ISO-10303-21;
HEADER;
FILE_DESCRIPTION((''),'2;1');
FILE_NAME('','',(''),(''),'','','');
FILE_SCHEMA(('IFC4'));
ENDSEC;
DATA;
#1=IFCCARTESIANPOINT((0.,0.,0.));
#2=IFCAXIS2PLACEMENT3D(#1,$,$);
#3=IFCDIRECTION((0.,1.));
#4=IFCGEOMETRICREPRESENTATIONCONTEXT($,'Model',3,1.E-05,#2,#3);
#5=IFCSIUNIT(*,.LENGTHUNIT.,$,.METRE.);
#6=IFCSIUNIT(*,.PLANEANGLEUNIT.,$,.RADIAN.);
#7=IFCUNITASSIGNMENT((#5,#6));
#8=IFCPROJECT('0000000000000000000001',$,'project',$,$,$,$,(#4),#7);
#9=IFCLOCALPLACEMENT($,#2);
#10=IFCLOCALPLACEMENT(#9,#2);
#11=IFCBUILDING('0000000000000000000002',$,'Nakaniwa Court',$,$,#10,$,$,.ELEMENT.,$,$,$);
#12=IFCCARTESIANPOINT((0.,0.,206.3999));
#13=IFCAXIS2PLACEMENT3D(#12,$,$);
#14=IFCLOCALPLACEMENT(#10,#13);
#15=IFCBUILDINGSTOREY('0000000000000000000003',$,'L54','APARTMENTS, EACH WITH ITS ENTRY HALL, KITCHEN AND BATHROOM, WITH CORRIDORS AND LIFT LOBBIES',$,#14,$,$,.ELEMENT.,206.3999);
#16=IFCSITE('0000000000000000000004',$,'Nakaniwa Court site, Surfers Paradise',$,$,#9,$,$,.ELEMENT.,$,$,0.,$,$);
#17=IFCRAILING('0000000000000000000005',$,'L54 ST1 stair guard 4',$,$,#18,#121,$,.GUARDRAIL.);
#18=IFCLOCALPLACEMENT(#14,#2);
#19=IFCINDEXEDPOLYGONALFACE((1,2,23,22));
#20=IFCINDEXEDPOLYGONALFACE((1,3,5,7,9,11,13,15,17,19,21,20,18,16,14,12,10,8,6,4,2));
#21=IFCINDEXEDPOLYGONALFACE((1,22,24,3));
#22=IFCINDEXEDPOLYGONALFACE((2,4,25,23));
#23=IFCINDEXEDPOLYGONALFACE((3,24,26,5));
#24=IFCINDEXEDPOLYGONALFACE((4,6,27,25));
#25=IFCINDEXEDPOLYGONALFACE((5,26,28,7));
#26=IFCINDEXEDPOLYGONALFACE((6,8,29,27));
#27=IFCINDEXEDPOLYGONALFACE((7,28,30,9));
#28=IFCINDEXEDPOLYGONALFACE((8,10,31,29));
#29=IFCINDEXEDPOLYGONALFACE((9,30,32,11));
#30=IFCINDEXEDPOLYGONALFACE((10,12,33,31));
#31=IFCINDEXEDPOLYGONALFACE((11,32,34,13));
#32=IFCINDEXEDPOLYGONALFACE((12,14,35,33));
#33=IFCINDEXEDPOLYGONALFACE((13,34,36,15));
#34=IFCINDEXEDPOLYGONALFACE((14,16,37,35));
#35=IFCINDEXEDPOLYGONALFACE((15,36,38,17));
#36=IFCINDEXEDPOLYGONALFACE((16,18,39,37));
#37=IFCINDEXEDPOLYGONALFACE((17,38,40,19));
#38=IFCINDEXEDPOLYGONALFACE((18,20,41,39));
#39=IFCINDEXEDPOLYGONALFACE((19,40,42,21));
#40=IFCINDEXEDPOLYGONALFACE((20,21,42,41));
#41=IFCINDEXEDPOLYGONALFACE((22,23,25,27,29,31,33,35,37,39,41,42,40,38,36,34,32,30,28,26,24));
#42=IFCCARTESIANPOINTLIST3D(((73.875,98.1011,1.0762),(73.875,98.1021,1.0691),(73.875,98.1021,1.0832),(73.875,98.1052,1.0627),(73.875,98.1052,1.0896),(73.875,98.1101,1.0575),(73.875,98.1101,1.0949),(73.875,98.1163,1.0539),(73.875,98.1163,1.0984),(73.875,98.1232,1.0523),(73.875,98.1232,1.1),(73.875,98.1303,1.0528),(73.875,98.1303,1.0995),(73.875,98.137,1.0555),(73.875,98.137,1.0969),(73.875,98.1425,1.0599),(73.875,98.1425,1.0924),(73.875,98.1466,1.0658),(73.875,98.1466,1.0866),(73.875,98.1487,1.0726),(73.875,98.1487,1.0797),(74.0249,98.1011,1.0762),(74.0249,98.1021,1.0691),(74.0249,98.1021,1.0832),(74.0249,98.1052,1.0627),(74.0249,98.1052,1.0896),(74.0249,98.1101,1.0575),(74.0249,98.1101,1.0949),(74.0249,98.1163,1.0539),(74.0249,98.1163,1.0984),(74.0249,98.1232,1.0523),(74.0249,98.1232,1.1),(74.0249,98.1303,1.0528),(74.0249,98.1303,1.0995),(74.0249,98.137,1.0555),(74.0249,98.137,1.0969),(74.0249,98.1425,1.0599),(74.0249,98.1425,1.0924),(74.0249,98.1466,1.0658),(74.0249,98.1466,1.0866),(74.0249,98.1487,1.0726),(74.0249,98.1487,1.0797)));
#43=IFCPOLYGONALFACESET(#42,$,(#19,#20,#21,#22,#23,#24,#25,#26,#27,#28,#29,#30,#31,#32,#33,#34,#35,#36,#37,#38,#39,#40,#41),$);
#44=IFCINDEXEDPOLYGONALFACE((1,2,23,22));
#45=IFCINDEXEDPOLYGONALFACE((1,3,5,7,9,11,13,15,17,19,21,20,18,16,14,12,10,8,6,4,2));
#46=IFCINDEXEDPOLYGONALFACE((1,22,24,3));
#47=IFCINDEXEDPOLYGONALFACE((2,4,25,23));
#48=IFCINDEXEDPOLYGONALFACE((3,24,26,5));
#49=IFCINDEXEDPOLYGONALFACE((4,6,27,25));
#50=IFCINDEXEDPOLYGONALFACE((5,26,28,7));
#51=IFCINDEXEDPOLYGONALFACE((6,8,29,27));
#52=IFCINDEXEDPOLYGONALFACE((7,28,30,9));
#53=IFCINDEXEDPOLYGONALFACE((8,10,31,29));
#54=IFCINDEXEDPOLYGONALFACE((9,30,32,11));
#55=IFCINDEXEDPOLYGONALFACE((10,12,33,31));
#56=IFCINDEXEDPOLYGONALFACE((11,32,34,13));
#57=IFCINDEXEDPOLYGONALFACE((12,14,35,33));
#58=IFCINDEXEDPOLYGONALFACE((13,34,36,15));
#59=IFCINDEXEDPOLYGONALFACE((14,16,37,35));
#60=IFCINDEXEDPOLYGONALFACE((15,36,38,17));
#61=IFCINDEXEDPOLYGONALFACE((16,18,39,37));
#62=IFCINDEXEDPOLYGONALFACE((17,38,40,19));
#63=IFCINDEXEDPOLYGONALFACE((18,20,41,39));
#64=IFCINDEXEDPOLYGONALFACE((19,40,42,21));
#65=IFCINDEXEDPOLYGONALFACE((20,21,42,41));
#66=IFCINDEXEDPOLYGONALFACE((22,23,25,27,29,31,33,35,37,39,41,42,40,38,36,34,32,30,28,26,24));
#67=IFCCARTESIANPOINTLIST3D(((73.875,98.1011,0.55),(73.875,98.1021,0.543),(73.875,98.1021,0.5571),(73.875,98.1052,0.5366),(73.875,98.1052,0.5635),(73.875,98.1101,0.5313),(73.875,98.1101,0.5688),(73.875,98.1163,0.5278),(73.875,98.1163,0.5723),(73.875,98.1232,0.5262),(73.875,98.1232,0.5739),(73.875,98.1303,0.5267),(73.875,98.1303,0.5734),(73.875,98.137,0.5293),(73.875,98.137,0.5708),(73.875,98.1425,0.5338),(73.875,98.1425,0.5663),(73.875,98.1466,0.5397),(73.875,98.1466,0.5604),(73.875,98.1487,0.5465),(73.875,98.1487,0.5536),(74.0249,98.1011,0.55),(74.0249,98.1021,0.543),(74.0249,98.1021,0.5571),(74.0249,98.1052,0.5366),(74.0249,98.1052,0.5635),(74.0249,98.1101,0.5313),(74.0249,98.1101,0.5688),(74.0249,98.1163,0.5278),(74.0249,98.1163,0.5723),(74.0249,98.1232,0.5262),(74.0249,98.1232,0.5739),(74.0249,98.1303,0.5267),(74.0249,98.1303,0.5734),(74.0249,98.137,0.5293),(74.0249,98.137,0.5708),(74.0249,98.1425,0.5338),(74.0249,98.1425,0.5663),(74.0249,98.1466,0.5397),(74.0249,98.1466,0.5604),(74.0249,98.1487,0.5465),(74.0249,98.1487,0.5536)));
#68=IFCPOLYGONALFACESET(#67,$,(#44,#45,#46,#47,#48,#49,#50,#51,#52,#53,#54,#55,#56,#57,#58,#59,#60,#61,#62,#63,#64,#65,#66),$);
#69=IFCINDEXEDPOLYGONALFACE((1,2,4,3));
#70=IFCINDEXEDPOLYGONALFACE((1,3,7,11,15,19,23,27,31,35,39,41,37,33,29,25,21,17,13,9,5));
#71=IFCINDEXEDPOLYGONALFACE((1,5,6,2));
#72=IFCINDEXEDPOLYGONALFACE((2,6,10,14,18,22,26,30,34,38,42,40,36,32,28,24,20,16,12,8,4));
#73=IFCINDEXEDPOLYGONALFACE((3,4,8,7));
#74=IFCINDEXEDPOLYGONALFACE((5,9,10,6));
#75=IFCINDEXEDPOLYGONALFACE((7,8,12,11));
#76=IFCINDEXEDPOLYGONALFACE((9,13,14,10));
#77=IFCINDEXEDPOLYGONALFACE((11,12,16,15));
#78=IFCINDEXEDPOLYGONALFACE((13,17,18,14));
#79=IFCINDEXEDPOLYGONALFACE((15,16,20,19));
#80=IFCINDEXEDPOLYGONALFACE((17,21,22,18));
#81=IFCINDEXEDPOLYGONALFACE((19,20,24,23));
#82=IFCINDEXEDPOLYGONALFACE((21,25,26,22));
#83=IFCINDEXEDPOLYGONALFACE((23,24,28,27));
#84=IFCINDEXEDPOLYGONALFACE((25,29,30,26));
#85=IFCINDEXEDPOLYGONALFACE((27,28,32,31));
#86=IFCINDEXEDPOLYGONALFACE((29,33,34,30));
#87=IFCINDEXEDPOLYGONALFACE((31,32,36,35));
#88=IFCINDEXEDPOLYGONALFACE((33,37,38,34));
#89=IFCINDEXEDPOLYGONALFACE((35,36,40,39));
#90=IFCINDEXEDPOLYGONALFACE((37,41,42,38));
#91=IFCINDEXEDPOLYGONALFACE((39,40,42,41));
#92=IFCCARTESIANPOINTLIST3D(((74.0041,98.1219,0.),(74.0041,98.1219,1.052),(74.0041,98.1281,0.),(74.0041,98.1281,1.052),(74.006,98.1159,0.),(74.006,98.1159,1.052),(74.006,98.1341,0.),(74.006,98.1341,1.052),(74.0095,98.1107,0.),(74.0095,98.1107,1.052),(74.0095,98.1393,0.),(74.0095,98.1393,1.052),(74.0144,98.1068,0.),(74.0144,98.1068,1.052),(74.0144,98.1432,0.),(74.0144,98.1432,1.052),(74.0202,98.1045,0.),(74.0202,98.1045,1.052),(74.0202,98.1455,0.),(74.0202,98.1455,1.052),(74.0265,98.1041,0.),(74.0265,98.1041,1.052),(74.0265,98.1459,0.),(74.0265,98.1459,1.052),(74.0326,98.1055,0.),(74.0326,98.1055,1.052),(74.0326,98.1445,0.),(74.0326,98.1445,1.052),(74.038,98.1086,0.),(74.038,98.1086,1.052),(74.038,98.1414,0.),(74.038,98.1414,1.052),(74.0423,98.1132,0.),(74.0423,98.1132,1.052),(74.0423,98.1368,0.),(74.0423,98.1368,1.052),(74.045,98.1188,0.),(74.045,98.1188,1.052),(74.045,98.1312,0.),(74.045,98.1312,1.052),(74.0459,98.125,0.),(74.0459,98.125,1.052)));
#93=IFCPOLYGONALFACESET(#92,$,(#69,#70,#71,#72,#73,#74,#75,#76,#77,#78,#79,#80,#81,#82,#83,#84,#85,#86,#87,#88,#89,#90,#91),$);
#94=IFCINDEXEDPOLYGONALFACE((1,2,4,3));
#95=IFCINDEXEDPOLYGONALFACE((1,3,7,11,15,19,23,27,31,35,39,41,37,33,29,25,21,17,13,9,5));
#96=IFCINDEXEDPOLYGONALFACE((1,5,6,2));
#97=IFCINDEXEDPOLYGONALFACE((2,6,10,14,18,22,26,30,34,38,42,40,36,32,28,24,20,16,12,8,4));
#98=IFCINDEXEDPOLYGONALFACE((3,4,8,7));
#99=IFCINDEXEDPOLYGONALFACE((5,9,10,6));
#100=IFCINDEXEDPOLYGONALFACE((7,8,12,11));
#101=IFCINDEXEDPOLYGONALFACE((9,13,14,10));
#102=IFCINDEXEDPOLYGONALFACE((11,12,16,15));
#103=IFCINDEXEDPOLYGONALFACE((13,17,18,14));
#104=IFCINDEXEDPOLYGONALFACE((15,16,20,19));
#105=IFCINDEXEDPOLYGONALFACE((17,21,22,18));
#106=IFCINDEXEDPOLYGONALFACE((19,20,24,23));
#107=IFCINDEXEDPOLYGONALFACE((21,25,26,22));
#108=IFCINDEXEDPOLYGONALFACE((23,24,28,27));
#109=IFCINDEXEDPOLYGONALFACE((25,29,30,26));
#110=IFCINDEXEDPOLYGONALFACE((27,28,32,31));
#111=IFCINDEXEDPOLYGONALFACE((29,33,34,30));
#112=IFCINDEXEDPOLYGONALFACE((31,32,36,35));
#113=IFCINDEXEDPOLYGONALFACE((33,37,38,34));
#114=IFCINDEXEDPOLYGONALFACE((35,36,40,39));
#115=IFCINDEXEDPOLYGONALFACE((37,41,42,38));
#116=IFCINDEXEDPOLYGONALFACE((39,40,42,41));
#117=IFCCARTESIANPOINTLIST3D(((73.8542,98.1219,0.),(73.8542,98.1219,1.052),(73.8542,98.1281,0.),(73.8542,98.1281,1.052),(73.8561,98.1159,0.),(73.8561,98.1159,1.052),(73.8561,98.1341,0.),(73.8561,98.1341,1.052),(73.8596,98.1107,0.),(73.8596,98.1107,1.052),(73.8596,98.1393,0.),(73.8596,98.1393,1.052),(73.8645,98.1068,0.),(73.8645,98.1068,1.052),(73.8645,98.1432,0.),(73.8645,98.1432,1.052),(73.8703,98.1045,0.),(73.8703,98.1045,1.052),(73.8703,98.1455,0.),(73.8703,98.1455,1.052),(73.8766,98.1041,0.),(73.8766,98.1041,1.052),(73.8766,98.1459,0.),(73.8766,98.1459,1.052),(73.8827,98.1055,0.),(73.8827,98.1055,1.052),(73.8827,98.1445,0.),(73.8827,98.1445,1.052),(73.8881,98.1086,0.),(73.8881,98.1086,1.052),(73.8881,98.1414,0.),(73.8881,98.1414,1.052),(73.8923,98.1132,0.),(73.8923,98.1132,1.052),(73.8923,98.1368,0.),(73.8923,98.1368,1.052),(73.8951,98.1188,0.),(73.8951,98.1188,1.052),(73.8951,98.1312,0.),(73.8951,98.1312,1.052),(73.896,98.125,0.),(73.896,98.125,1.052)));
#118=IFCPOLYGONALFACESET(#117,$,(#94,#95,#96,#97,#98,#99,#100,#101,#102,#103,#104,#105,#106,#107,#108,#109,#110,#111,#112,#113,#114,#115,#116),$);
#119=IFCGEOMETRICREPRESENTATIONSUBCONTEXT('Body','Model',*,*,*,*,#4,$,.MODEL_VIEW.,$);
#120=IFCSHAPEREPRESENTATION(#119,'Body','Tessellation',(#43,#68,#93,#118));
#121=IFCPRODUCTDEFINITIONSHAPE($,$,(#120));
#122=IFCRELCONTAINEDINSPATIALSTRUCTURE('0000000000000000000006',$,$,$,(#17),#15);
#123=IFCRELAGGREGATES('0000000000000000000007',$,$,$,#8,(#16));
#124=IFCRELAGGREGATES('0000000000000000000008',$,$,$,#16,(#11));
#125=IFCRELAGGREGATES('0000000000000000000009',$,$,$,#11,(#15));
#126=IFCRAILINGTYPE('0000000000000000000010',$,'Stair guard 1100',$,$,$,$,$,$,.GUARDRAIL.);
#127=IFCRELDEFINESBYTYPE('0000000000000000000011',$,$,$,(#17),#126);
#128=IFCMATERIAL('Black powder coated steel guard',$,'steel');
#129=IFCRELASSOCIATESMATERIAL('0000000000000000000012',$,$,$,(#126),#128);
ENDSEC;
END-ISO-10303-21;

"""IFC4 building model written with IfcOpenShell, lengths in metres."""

from ifc_helpers import new_model, si_unit, direction, frame, origin, origin_2d, place, context, subcontext, project, spatial, circle, extrude, material, type_object, element, save


model = new_model("IFC4")

# Units and contexts
model_context = context("Model", 3, precision=1e-05, world=origin(), true_north=direction((0.0, 1.0)))
body_context = subcontext(model_context, "Body", "Model", "MODEL_VIEW")
ifc_project = project(units=[si_unit("LENGTHUNIT", "METRE"), si_unit("PLANEANGLEUNIT", "RADIAN")], contexts=[model_context])

# Site, building, storey
site_placement = place(None, origin())
site = spatial("IfcSite", under=ifc_project, at=site_placement, Name="Nakaniwa Court site, Surfers Paradise", CompositionType="ELEMENT", RefElevation=0.0)
building_placement = place(site_placement, origin())
building = spatial("IfcBuilding", under=site, at=building_placement, Name="Nakaniwa Court", CompositionType="ELEMENT")
storey_placement = place(building_placement, frame((0.0, 0.0, 206.3999)))
storey = spatial("IfcBuildingStorey", under=building, at=storey_placement, Name="L54", Description="APARTMENTS, EACH WITH ITS ENTRY HALL, KITCHEN AND BATHROOM, WITH CORRIDORS AND LIFT LOBBIES", CompositionType="ELEMENT", Elevation=206.3999)

# Railing
ifc_material_1 = material(Name="Black powder coated steel guard", Category="steel")
railing_type_1 = type_object("IfcRailingType", Name="Stair guard 1100", PredefinedType="GUARDRAIL", material=ifc_material_1)
railing_1_placement = place(storey_placement, frame((74.0249, 98.125, 0.0)))
element("IfcRailing", 1, at=railing_1_placement, inside=storey, type_object=railing_type_1, Name="L54 ST1 stair guard 4", PredefinedType="GUARDRAIL", context=body_context, shape_type="SweptSolid", body=[
    extrude(circle(Radius=0.0239, at=origin_2d()), frame((0.0, 0.0, 1.0762), z_axis=(-1.0, 0.0, 0.0), x_axis=(0.0, -1.0, 0.0)), (0.0, 0.0, 1.0), 0.1499),
    extrude(circle(Radius=0.0239, at=origin_2d()), frame((0.0, 0.0, 0.55), z_axis=(-1.0, 0.0, 0.0), x_axis=(0.0, -1.0, 0.0)), (0.0, 0.0, 1.0), 0.1499),
    extrude(circle(Radius=0.021, at=origin_2d()), origin(), (0.0, 0.0, 1.0), 1.052),
    extrude(circle(Radius=0.021, at=origin_2d()), frame((-0.1499, 0.0, 0.0)), (0.0, 0.0, 1.0), 1.052),
])

save(model, "model.ifc")
